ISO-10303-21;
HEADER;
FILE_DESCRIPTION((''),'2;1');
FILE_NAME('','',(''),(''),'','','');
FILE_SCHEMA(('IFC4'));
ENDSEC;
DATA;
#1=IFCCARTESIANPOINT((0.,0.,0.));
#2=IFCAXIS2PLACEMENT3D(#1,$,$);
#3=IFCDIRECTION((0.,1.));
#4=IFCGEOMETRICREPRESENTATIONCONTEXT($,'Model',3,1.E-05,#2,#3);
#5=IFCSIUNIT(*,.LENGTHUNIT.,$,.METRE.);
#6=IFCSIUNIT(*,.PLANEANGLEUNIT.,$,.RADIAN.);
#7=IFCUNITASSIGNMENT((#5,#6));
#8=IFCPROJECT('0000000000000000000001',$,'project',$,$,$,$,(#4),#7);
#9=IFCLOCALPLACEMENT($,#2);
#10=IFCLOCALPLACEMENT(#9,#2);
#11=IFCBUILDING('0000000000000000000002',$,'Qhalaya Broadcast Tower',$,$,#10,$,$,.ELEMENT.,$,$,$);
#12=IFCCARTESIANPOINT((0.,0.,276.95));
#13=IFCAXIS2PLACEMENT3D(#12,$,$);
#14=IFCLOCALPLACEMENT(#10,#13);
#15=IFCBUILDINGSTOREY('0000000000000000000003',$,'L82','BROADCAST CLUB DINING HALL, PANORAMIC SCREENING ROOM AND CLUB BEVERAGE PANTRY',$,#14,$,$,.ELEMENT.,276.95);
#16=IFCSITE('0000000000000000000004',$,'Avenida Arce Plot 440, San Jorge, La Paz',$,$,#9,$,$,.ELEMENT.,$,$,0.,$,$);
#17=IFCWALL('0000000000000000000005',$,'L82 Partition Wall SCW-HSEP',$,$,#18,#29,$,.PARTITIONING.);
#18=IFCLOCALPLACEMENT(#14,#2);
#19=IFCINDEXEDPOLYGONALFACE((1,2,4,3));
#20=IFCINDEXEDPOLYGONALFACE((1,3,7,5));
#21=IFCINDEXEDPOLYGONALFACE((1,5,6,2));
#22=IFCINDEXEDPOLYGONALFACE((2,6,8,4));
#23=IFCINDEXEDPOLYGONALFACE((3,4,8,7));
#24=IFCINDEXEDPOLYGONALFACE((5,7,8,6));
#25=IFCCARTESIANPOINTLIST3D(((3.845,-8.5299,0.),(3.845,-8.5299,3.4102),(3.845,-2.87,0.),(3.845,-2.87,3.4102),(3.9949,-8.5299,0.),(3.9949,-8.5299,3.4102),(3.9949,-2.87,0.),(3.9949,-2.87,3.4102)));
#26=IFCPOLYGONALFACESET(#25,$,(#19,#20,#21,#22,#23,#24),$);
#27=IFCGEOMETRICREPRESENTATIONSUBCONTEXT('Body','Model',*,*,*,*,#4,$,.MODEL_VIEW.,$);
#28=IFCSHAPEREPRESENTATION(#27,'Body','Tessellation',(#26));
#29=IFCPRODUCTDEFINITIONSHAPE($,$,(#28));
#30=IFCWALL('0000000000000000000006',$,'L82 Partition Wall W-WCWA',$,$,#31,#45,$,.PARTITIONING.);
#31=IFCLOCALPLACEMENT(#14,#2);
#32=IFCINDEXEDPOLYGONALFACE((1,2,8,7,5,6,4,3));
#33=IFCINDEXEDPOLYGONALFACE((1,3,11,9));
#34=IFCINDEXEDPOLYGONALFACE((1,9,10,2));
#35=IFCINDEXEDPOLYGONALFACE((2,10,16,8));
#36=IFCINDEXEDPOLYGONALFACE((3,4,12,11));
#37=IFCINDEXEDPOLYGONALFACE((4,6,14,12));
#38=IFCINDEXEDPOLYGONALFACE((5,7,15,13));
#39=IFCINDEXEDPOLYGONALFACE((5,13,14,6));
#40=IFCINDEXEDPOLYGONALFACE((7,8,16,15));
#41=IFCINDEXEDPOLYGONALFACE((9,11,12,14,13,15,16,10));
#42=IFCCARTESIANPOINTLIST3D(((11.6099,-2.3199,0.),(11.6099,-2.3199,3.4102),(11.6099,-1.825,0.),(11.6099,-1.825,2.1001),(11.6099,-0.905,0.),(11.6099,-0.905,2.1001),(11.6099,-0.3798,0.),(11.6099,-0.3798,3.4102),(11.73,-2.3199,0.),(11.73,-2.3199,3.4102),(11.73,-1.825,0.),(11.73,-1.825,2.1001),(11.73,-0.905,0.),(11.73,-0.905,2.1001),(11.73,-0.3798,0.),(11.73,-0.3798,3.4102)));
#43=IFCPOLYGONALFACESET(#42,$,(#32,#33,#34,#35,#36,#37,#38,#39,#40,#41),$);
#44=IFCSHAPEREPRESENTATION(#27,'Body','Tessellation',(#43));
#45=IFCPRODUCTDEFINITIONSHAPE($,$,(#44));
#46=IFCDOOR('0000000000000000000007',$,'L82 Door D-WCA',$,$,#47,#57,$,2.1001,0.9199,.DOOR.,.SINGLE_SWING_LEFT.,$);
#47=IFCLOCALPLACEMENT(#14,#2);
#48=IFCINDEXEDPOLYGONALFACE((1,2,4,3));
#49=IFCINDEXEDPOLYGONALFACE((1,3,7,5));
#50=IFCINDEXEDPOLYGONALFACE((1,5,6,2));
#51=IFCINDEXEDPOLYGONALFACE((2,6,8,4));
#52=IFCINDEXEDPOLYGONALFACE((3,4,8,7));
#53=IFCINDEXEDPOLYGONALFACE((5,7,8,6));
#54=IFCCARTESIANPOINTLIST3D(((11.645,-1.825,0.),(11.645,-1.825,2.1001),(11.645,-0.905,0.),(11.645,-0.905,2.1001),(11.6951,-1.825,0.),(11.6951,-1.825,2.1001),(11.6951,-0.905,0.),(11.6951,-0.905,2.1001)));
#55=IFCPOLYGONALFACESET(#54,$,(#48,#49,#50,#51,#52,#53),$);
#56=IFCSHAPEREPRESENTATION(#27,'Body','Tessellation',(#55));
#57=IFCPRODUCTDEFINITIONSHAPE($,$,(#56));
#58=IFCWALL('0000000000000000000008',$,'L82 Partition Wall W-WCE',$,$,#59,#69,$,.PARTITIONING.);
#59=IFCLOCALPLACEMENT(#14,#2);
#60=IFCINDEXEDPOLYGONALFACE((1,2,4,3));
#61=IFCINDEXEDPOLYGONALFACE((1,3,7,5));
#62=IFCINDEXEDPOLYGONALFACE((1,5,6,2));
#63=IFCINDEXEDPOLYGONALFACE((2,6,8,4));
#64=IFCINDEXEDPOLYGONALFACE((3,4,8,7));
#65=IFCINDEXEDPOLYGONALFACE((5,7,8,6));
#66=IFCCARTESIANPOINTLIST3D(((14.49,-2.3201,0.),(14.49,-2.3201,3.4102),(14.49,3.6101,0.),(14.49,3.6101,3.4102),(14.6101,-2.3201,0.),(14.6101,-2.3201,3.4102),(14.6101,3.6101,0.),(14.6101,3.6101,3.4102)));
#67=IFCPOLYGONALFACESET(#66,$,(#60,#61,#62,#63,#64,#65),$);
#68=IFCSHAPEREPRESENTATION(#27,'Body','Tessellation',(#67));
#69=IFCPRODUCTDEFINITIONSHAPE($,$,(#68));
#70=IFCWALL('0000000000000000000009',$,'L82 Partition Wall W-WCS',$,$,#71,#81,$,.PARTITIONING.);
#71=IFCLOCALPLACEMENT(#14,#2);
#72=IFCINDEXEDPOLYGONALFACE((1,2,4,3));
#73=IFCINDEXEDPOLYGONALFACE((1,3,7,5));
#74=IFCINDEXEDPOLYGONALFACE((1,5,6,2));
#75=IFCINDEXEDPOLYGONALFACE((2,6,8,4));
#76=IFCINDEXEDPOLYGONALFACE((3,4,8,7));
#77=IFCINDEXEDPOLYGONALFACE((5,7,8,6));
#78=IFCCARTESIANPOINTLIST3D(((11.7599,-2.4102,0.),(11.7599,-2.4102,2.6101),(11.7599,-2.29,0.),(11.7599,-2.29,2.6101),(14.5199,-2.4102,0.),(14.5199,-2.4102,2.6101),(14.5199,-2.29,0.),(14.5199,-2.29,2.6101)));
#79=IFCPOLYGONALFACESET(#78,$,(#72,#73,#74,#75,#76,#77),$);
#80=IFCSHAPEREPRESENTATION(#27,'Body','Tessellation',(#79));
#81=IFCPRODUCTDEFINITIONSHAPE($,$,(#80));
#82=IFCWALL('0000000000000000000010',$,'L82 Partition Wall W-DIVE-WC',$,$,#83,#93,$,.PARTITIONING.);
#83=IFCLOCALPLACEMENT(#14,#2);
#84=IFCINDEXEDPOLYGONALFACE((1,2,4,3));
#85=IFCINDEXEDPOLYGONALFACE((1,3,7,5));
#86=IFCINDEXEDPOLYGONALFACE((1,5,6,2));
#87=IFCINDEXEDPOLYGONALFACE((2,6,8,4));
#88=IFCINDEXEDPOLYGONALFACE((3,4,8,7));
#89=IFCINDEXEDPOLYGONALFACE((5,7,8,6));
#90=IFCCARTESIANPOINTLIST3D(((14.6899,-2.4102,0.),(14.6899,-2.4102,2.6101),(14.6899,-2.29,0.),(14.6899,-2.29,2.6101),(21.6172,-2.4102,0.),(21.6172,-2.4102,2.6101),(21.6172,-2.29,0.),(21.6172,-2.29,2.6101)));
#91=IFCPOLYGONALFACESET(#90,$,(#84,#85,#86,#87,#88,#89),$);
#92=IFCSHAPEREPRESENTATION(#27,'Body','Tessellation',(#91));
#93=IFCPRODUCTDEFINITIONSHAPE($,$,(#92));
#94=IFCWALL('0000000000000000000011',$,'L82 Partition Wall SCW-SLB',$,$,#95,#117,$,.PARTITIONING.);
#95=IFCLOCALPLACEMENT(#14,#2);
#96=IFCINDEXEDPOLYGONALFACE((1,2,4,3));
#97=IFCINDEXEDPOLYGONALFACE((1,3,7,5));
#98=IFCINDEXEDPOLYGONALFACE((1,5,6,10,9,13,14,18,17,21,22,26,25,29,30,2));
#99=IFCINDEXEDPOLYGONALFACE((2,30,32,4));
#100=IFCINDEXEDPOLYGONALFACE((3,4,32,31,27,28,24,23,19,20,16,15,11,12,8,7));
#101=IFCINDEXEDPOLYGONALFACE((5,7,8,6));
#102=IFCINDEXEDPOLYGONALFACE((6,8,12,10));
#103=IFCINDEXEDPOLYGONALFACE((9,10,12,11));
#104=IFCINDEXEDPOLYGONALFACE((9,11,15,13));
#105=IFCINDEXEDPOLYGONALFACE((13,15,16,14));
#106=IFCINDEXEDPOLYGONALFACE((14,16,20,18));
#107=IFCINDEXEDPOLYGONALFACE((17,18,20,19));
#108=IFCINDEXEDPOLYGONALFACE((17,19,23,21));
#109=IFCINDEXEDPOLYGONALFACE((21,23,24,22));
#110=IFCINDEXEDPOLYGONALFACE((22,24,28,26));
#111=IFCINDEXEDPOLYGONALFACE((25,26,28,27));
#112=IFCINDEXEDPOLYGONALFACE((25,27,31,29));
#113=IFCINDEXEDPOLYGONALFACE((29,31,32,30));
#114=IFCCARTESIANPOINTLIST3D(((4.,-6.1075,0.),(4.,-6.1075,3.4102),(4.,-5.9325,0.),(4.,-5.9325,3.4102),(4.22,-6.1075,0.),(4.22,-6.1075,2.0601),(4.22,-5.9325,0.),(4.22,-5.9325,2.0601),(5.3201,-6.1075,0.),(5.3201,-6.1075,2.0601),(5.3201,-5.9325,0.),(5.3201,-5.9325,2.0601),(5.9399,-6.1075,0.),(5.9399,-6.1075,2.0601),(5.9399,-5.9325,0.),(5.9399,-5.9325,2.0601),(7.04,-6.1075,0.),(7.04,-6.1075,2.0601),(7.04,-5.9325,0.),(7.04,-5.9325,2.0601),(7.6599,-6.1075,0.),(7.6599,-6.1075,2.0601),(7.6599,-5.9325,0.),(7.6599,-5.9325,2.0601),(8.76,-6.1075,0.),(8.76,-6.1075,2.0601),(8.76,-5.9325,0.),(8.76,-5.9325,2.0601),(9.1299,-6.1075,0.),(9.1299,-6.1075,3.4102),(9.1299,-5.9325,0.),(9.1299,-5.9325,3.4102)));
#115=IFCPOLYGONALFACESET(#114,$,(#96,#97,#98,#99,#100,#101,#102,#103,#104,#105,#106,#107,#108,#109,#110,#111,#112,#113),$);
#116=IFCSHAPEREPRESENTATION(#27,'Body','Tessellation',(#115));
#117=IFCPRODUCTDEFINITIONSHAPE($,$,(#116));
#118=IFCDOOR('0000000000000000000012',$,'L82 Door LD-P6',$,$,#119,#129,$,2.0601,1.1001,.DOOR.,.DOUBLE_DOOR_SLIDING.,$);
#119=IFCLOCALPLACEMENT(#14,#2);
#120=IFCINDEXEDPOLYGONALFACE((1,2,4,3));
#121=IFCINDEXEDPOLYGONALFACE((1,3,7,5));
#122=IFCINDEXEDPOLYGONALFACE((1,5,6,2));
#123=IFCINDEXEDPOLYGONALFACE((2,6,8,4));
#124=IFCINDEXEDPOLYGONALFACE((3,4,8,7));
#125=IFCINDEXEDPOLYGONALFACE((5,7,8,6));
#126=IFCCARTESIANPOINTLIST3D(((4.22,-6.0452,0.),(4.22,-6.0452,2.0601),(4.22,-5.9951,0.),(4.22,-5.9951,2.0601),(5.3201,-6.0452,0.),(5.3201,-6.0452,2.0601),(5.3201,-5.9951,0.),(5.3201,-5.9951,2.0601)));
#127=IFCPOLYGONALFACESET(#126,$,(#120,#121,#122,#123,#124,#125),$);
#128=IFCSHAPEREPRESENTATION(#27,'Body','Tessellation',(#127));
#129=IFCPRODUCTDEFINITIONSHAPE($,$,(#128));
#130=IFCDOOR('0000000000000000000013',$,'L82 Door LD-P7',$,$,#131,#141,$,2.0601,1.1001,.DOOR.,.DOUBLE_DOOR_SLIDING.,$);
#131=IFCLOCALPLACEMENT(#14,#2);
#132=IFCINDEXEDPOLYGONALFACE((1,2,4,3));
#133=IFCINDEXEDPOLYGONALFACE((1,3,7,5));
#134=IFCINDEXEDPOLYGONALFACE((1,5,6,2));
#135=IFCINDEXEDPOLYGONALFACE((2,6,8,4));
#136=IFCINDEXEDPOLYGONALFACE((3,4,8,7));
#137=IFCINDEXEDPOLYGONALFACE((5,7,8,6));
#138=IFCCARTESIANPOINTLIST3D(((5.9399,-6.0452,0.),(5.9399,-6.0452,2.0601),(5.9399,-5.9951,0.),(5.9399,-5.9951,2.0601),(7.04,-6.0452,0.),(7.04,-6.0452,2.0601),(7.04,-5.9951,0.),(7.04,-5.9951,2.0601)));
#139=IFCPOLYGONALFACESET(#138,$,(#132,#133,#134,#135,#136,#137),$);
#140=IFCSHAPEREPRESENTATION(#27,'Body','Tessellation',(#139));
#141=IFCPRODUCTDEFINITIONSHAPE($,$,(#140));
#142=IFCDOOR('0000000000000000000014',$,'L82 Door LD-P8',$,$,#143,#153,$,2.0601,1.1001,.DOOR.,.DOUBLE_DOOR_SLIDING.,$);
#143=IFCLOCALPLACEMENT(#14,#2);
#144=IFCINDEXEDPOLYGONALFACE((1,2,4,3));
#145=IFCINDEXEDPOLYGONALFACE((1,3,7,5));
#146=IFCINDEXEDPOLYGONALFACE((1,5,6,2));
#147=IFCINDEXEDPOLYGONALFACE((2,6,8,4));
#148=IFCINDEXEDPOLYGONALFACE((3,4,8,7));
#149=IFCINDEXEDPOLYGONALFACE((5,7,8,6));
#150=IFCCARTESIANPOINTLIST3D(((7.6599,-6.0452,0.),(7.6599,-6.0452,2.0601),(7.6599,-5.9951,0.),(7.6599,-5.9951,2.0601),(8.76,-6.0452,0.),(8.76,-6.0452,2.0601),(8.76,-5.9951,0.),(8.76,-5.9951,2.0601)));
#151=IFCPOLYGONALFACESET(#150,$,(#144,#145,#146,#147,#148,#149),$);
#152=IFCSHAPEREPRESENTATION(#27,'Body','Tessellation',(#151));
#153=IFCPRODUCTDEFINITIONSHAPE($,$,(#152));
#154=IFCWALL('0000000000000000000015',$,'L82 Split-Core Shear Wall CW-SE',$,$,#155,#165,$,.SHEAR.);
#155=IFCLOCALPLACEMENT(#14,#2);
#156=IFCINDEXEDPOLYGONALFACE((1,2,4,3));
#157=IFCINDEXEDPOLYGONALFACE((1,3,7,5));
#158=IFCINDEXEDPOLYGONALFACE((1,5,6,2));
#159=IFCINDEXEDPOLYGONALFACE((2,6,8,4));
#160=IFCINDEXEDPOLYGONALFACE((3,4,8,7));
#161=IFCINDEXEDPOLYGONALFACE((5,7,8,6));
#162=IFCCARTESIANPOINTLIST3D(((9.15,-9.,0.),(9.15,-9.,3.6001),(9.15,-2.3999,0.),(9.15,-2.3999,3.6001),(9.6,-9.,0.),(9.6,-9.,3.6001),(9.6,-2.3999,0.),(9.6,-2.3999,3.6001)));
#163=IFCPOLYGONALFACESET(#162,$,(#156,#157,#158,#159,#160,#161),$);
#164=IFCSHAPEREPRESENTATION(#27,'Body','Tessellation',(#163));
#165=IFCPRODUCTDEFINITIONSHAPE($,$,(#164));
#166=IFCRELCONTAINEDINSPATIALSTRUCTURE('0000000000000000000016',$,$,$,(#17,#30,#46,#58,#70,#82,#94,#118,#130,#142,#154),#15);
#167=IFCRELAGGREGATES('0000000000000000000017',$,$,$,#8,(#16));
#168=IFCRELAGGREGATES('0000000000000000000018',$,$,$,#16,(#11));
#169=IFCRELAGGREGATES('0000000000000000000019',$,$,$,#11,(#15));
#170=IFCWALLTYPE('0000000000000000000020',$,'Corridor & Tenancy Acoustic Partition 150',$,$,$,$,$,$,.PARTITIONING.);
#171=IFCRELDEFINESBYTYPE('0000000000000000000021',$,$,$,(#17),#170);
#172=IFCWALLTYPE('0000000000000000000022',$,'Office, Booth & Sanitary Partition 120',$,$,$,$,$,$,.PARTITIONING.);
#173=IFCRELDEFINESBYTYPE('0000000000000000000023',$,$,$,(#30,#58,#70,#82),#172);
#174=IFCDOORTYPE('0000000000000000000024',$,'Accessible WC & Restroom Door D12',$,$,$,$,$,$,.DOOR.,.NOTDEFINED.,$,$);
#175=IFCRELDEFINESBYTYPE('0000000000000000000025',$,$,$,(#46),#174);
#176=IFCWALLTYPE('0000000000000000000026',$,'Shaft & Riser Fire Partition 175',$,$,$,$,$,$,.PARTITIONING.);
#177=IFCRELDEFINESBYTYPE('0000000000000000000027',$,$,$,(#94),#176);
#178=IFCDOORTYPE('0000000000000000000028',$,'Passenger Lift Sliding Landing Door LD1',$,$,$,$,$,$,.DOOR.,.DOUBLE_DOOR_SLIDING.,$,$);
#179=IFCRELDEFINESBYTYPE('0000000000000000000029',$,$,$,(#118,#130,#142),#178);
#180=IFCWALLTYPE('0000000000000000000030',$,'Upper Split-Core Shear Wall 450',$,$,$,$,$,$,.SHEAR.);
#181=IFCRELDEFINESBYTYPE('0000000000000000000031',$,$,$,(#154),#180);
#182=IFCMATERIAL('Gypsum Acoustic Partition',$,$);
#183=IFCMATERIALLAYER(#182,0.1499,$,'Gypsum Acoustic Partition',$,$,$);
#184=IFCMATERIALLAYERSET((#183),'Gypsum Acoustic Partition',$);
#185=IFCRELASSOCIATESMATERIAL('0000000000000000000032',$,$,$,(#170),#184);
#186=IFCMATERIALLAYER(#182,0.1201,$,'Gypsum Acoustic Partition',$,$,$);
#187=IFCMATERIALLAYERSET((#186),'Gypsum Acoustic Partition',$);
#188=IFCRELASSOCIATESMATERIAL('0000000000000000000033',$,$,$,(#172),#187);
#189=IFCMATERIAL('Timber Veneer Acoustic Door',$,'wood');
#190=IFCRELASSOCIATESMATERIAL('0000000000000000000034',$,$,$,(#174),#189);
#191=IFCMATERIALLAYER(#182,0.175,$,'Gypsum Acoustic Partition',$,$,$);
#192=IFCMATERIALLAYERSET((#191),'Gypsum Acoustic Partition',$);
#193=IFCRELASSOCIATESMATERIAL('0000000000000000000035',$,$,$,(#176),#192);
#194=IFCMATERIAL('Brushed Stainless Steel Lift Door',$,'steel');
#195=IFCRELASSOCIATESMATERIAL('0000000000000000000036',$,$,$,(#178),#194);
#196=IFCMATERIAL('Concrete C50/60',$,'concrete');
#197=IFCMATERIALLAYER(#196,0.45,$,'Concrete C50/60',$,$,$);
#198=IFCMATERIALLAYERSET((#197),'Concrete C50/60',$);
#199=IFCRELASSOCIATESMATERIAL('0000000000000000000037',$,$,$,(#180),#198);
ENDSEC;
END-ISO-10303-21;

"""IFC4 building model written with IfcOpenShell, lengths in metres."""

from ifc_helpers import new_model, si_unit, direction, frame, frame_2d, origin, place, context, subcontext, project, spatial, rectangle, extrude, material, layer, layer_set, type_object, element, fill, save


model = new_model("IFC4")

# Units and contexts
model_context = context("Model", 3, precision=1e-05, world=origin(), true_north=direction((0.0, 1.0)))
body_context = subcontext(model_context, "Body", "Model", "MODEL_VIEW")
ifc_project = project(units=[si_unit("LENGTHUNIT", "METRE"), si_unit("PLANEANGLEUNIT", "RADIAN")], contexts=[model_context])

# Site, building, storey
site_placement = place(None, origin())
site = spatial("IfcSite", under=ifc_project, at=site_placement, Name="Avenida Arce Plot 440, San Jorge, La Paz", CompositionType="ELEMENT", RefElevation=0.0)
building_placement = place(site_placement, origin())
building = spatial("IfcBuilding", under=site, at=building_placement, Name="Qhalaya Broadcast Tower", CompositionType="ELEMENT")
storey_placement = place(building_placement, frame((0.0, 0.0, 276.95)))
storey = spatial("IfcBuildingStorey", under=building, at=storey_placement, Name="L82", Description="BROADCAST CLUB DINING HALL, PANORAMIC SCREENING ROOM AND CLUB BEVERAGE PANTRY", CompositionType="ELEMENT", Elevation=276.95)

# Shared definitions
ifc_material_1 = material(Name="Concrete C50/60", Category="concrete")

# Wall
ifc_material_2 = material(Name="Gypsum Acoustic Partition")
ifc_layer_1 = layer(ifc_material_2, 0.1499, Name="Gypsum Acoustic Partition")
ifc_layer_set_1 = layer_set([ifc_layer_1], Name="Gypsum Acoustic Partition")
wall_type_1 = type_object("IfcWallType", Name="Corridor & Tenancy Acoustic Partition 150", PredefinedType="PARTITIONING", material=ifc_layer_set_1)
wall_1_placement = place(storey_placement, frame((3.9199, -8.53, 0.0), z_axis=(0.0, 0.0, 1.0), x_axis=(0.0, 1.0, 0.0)))
element("IfcWall", 1, at=wall_1_placement, inside=storey, type_object=wall_type_1, Name="L82 Partition Wall SCW-HSEP", PredefinedType="PARTITIONING", context=body_context, shape_type="SweptSolid", body=[
    extrude(rectangle(XDim=5.6599, YDim=0.1499, at=frame_2d((2.8301, 0.0))), origin(), (0.0, 0.0, 1.0), 3.4102),
])
ifc_layer_2 = layer(ifc_material_2, 0.1201, Name="Gypsum Acoustic Partition")
ifc_layer_set_2 = layer_set([ifc_layer_2], Name="Gypsum Acoustic Partition")
wall_type_2 = type_object("IfcWallType", Name="Office, Booth & Sanitary Partition 120", PredefinedType="PARTITIONING", material=ifc_layer_set_2)

# Wall, opening, door
wall_2_placement = place(storey_placement, frame((11.6699, -2.3201, 0.0), z_axis=(0.0, 0.0, 1.0), x_axis=(0.0, 1.0, 0.0)))
wall_2 = element("IfcWall", 2, at=wall_2_placement, inside=storey, type_object=wall_type_2, Name="L82 Partition Wall W-WCWA", PredefinedType="PARTITIONING", context=body_context, shape_type="SweptSolid", body=[
    extrude(rectangle(XDim=1.9402, YDim=0.1201, at=frame_2d((0.9702, 0.0))), origin(), (0.0, 0.0, 1.0), 3.4102),
])
opening_1_placement = place(wall_2_placement, frame((0.4951, 0.0, 0.0)))
opening_1 = element("IfcOpeningElement", 3, at=opening_1_placement, cuts=wall_2, PredefinedType="OPENING", context=body_context, shape_type="SweptSolid", body=[
    extrude(rectangle(XDim=0.9199, YDim=2.1001, at=frame_2d((0.46, 1.05))), frame((0.0, 0.072, 0.0), z_axis=(0.0, -1.0, 0.0), x_axis=(1.0, 0.0, 0.0)), (0.0, 0.0, 1.0), 0.144),
])
ifc_material_3 = material(Name="Timber Veneer Acoustic Door", Category="wood")
door_type_1 = type_object("IfcDoorType", Name="Accessible WC & Restroom Door D12", OperationType="NOTDEFINED", PredefinedType="DOOR", material=ifc_material_3)
door_1_placement = place(opening_1_placement, origin())
door_1 = element("IfcDoor", 4, at=door_1_placement, inside=storey, type_object=door_type_1, Name="L82 Door D-WCA", OperationType="SINGLE_SWING_LEFT", OverallHeight=2.1001, OverallWidth=0.9199, PredefinedType="DOOR", context=body_context, shape_type="SweptSolid", body=[
    extrude(rectangle(XDim=0.9199, YDim=2.1001, at=frame_2d((0.46, 1.05))), frame((0.0, 0.0249, 0.0), z_axis=(0.0, -1.0, 0.0), x_axis=(1.0, 0.0, 0.0)), (0.0, 0.0, 1.0), 0.05),
])
fill(opening_1, door_1)

# Walls
wall_3_placement = place(storey_placement, frame((14.55, -2.3201, 0.0), z_axis=(0.0, 0.0, 1.0), x_axis=(0.0, 1.0, 0.0)))
element("IfcWall", 5, at=wall_3_placement, inside=storey, type_object=wall_type_2, Name="L82 Partition Wall W-WCE", PredefinedType="PARTITIONING", context=body_context, shape_type="SweptSolid", body=[
    extrude(rectangle(XDim=5.9302, YDim=0.1201, at=frame_2d((2.9651, 0.0))), origin(), (0.0, 0.0, 1.0), 3.4102),
])
wall_4_placement = place(storey_placement, frame((11.76, -2.3501, 0.0), z_axis=(0.0, 0.0, 1.0), x_axis=(1.0, 0.0, 0.0)))
element("IfcWall", 6, at=wall_4_placement, inside=storey, type_object=wall_type_2, Name="L82 Partition Wall W-WCS", PredefinedType="PARTITIONING", context=body_context, shape_type="SweptSolid", body=[
    extrude(rectangle(XDim=2.76, YDim=0.1201, at=frame_2d((1.3799, 0.0))), origin(), (0.0, 0.0, 1.0), 2.6101),
])
wall_5_placement = place(storey_placement, frame((14.6899, -2.3501, 0.0), z_axis=(0.0, 0.0, 1.0), x_axis=(1.0, 0.0, 0.0)))
element("IfcWall", 7, at=wall_5_placement, inside=storey, type_object=wall_type_2, Name="L82 Partition Wall W-DIVE-WC", PredefinedType="PARTITIONING", context=body_context, shape_type="SweptSolid", body=[
    extrude(rectangle(XDim=6.9272, YDim=0.1201, at=frame_2d((3.4636, 0.0))), origin(), (0.0, 0.0, 1.0), 2.6101),
])

# Wall, openings, doors
ifc_layer_3 = layer(ifc_material_2, 0.175, Name="Gypsum Acoustic Partition")
ifc_layer_set_3 = layer_set([ifc_layer_3], Name="Gypsum Acoustic Partition")
wall_type_3 = type_object("IfcWallType", Name="Shaft & Riser Fire Partition 175", PredefinedType="PARTITIONING", material=ifc_layer_set_3)
wall_6_placement = place(storey_placement, frame((4.0, -6.02, 0.0), z_axis=(0.0, 0.0, 1.0), x_axis=(1.0, 0.0, 0.0)))
wall_6 = element("IfcWall", 8, at=wall_6_placement, inside=storey, type_object=wall_type_3, Name="L82 Partition Wall SCW-SLB", PredefinedType="PARTITIONING", context=body_context, shape_type="SweptSolid", body=[
    extrude(rectangle(XDim=5.1299, YDim=0.175, at=frame_2d((2.5649, 0.0))), origin(), (0.0, 0.0, 1.0), 3.4102),
])
opening_2_placement = place(wall_6_placement, frame((0.22, 0.0, 0.0)))
opening_2 = element("IfcOpeningElement", 9, at=opening_2_placement, cuts=wall_6, PredefinedType="OPENING", context=body_context, shape_type="SweptSolid", body=[
    extrude(rectangle(XDim=1.1001, YDim=2.0601, at=frame_2d((0.55, 1.03))), frame((0.0, 0.0996, 0.0), z_axis=(0.0, -1.0, 0.0), x_axis=(1.0, 0.0, 0.0)), (0.0, 0.0, 1.0), 0.199),
])
opening_3_placement = place(wall_6_placement, frame((1.9399, 0.0, 0.0)))
opening_3 = element("IfcOpeningElement", 10, at=opening_3_placement, cuts=wall_6, PredefinedType="OPENING", context=body_context, shape_type="SweptSolid", body=[
    extrude(rectangle(XDim=1.1001, YDim=2.0601, at=frame_2d((0.55, 1.03))), frame((0.0, 0.0996, 0.0), z_axis=(0.0, -1.0, 0.0), x_axis=(1.0, 0.0, 0.0)), (0.0, 0.0, 1.0), 0.199),
])
opening_4_placement = place(wall_6_placement, frame((3.6599, 0.0, 0.0)))
opening_4 = element("IfcOpeningElement", 11, at=opening_4_placement, cuts=wall_6, PredefinedType="OPENING", context=body_context, shape_type="SweptSolid", body=[
    extrude(rectangle(XDim=1.1001, YDim=2.0601, at=frame_2d((0.55, 1.03))), frame((0.0, 0.0996, 0.0), z_axis=(0.0, -1.0, 0.0), x_axis=(1.0, 0.0, 0.0)), (0.0, 0.0, 1.0), 0.199),
])
ifc_material_4 = material(Name="Brushed Stainless Steel Lift Door", Category="steel")
door_type_2 = type_object("IfcDoorType", Name="Passenger Lift Sliding Landing Door LD1", OperationType="DOUBLE_DOOR_SLIDING", PredefinedType="DOOR", material=ifc_material_4)
door_2_placement = place(opening_2_placement, origin())
door_2 = element("IfcDoor", 12, at=door_2_placement, inside=storey, type_object=door_type_2, Name="L82 Door LD-P6", OperationType="DOUBLE_DOOR_SLIDING", OverallHeight=2.0601, OverallWidth=1.1001, PredefinedType="DOOR", context=body_context, shape_type="SweptSolid", body=[
    extrude(rectangle(XDim=1.1001, YDim=2.0601, at=frame_2d((0.55, 1.03))), frame((0.0, 0.0249, 0.0), z_axis=(0.0, -1.0, 0.0), x_axis=(1.0, 0.0, 0.0)), (0.0, 0.0, 1.0), 0.05),
])
fill(opening_2, door_2)
door_3_placement = place(opening_3_placement, origin())
door_3 = element("IfcDoor", 13, at=door_3_placement, inside=storey, type_object=door_type_2, Name="L82 Door LD-P7", OperationType="DOUBLE_DOOR_SLIDING", OverallHeight=2.0601, OverallWidth=1.1001, PredefinedType="DOOR", context=body_context, shape_type="SweptSolid", body=[
    extrude(rectangle(XDim=1.1001, YDim=2.0601, at=frame_2d((0.55, 1.03))), frame((0.0, 0.0249, 0.0), z_axis=(0.0, -1.0, 0.0), x_axis=(1.0, 0.0, 0.0)), (0.0, 0.0, 1.0), 0.05),
])
fill(opening_3, door_3)
door_4_placement = place(opening_4_placement, origin())
door_4 = element("IfcDoor", 14, at=door_4_placement, inside=storey, type_object=door_type_2, Name="L82 Door LD-P8", OperationType="DOUBLE_DOOR_SLIDING", OverallHeight=2.0601, OverallWidth=1.1001, PredefinedType="DOOR", context=body_context, shape_type="SweptSolid", body=[
    extrude(rectangle(XDim=1.1001, YDim=2.0601, at=frame_2d((0.55, 1.03))), frame((0.0, 0.0249, 0.0), z_axis=(0.0, -1.0, 0.0), x_axis=(1.0, 0.0, 0.0)), (0.0, 0.0, 1.0), 0.05),
])
fill(opening_4, door_4)

# Wall
ifc_layer_4 = layer(ifc_material_1, 0.45, Name="Concrete C50/60")
ifc_layer_set_4 = layer_set([ifc_layer_4], Name="Concrete C50/60")
wall_type_4 = type_object("IfcWallType", Name="Upper Split-Core Shear Wall 450", PredefinedType="SHEAR", material=ifc_layer_set_4)
wall_7_placement = place(storey_placement, frame((9.375, -9.0, 0.0), z_axis=(0.0, 0.0, 1.0), x_axis=(0.0, 1.0, 0.0)))
element("IfcWall", 15, at=wall_7_placement, inside=storey, type_object=wall_type_4, Name="L82 Split-Core Shear Wall CW-SE", PredefinedType="SHEAR", context=body_context, shape_type="SweptSolid", body=[
    extrude(rectangle(XDim=6.6001, YDim=0.45, at=frame_2d((3.3, 0.0))), origin(), (0.0, 0.0, 1.0), 3.6001),
])

save(model, "model.ifc")
